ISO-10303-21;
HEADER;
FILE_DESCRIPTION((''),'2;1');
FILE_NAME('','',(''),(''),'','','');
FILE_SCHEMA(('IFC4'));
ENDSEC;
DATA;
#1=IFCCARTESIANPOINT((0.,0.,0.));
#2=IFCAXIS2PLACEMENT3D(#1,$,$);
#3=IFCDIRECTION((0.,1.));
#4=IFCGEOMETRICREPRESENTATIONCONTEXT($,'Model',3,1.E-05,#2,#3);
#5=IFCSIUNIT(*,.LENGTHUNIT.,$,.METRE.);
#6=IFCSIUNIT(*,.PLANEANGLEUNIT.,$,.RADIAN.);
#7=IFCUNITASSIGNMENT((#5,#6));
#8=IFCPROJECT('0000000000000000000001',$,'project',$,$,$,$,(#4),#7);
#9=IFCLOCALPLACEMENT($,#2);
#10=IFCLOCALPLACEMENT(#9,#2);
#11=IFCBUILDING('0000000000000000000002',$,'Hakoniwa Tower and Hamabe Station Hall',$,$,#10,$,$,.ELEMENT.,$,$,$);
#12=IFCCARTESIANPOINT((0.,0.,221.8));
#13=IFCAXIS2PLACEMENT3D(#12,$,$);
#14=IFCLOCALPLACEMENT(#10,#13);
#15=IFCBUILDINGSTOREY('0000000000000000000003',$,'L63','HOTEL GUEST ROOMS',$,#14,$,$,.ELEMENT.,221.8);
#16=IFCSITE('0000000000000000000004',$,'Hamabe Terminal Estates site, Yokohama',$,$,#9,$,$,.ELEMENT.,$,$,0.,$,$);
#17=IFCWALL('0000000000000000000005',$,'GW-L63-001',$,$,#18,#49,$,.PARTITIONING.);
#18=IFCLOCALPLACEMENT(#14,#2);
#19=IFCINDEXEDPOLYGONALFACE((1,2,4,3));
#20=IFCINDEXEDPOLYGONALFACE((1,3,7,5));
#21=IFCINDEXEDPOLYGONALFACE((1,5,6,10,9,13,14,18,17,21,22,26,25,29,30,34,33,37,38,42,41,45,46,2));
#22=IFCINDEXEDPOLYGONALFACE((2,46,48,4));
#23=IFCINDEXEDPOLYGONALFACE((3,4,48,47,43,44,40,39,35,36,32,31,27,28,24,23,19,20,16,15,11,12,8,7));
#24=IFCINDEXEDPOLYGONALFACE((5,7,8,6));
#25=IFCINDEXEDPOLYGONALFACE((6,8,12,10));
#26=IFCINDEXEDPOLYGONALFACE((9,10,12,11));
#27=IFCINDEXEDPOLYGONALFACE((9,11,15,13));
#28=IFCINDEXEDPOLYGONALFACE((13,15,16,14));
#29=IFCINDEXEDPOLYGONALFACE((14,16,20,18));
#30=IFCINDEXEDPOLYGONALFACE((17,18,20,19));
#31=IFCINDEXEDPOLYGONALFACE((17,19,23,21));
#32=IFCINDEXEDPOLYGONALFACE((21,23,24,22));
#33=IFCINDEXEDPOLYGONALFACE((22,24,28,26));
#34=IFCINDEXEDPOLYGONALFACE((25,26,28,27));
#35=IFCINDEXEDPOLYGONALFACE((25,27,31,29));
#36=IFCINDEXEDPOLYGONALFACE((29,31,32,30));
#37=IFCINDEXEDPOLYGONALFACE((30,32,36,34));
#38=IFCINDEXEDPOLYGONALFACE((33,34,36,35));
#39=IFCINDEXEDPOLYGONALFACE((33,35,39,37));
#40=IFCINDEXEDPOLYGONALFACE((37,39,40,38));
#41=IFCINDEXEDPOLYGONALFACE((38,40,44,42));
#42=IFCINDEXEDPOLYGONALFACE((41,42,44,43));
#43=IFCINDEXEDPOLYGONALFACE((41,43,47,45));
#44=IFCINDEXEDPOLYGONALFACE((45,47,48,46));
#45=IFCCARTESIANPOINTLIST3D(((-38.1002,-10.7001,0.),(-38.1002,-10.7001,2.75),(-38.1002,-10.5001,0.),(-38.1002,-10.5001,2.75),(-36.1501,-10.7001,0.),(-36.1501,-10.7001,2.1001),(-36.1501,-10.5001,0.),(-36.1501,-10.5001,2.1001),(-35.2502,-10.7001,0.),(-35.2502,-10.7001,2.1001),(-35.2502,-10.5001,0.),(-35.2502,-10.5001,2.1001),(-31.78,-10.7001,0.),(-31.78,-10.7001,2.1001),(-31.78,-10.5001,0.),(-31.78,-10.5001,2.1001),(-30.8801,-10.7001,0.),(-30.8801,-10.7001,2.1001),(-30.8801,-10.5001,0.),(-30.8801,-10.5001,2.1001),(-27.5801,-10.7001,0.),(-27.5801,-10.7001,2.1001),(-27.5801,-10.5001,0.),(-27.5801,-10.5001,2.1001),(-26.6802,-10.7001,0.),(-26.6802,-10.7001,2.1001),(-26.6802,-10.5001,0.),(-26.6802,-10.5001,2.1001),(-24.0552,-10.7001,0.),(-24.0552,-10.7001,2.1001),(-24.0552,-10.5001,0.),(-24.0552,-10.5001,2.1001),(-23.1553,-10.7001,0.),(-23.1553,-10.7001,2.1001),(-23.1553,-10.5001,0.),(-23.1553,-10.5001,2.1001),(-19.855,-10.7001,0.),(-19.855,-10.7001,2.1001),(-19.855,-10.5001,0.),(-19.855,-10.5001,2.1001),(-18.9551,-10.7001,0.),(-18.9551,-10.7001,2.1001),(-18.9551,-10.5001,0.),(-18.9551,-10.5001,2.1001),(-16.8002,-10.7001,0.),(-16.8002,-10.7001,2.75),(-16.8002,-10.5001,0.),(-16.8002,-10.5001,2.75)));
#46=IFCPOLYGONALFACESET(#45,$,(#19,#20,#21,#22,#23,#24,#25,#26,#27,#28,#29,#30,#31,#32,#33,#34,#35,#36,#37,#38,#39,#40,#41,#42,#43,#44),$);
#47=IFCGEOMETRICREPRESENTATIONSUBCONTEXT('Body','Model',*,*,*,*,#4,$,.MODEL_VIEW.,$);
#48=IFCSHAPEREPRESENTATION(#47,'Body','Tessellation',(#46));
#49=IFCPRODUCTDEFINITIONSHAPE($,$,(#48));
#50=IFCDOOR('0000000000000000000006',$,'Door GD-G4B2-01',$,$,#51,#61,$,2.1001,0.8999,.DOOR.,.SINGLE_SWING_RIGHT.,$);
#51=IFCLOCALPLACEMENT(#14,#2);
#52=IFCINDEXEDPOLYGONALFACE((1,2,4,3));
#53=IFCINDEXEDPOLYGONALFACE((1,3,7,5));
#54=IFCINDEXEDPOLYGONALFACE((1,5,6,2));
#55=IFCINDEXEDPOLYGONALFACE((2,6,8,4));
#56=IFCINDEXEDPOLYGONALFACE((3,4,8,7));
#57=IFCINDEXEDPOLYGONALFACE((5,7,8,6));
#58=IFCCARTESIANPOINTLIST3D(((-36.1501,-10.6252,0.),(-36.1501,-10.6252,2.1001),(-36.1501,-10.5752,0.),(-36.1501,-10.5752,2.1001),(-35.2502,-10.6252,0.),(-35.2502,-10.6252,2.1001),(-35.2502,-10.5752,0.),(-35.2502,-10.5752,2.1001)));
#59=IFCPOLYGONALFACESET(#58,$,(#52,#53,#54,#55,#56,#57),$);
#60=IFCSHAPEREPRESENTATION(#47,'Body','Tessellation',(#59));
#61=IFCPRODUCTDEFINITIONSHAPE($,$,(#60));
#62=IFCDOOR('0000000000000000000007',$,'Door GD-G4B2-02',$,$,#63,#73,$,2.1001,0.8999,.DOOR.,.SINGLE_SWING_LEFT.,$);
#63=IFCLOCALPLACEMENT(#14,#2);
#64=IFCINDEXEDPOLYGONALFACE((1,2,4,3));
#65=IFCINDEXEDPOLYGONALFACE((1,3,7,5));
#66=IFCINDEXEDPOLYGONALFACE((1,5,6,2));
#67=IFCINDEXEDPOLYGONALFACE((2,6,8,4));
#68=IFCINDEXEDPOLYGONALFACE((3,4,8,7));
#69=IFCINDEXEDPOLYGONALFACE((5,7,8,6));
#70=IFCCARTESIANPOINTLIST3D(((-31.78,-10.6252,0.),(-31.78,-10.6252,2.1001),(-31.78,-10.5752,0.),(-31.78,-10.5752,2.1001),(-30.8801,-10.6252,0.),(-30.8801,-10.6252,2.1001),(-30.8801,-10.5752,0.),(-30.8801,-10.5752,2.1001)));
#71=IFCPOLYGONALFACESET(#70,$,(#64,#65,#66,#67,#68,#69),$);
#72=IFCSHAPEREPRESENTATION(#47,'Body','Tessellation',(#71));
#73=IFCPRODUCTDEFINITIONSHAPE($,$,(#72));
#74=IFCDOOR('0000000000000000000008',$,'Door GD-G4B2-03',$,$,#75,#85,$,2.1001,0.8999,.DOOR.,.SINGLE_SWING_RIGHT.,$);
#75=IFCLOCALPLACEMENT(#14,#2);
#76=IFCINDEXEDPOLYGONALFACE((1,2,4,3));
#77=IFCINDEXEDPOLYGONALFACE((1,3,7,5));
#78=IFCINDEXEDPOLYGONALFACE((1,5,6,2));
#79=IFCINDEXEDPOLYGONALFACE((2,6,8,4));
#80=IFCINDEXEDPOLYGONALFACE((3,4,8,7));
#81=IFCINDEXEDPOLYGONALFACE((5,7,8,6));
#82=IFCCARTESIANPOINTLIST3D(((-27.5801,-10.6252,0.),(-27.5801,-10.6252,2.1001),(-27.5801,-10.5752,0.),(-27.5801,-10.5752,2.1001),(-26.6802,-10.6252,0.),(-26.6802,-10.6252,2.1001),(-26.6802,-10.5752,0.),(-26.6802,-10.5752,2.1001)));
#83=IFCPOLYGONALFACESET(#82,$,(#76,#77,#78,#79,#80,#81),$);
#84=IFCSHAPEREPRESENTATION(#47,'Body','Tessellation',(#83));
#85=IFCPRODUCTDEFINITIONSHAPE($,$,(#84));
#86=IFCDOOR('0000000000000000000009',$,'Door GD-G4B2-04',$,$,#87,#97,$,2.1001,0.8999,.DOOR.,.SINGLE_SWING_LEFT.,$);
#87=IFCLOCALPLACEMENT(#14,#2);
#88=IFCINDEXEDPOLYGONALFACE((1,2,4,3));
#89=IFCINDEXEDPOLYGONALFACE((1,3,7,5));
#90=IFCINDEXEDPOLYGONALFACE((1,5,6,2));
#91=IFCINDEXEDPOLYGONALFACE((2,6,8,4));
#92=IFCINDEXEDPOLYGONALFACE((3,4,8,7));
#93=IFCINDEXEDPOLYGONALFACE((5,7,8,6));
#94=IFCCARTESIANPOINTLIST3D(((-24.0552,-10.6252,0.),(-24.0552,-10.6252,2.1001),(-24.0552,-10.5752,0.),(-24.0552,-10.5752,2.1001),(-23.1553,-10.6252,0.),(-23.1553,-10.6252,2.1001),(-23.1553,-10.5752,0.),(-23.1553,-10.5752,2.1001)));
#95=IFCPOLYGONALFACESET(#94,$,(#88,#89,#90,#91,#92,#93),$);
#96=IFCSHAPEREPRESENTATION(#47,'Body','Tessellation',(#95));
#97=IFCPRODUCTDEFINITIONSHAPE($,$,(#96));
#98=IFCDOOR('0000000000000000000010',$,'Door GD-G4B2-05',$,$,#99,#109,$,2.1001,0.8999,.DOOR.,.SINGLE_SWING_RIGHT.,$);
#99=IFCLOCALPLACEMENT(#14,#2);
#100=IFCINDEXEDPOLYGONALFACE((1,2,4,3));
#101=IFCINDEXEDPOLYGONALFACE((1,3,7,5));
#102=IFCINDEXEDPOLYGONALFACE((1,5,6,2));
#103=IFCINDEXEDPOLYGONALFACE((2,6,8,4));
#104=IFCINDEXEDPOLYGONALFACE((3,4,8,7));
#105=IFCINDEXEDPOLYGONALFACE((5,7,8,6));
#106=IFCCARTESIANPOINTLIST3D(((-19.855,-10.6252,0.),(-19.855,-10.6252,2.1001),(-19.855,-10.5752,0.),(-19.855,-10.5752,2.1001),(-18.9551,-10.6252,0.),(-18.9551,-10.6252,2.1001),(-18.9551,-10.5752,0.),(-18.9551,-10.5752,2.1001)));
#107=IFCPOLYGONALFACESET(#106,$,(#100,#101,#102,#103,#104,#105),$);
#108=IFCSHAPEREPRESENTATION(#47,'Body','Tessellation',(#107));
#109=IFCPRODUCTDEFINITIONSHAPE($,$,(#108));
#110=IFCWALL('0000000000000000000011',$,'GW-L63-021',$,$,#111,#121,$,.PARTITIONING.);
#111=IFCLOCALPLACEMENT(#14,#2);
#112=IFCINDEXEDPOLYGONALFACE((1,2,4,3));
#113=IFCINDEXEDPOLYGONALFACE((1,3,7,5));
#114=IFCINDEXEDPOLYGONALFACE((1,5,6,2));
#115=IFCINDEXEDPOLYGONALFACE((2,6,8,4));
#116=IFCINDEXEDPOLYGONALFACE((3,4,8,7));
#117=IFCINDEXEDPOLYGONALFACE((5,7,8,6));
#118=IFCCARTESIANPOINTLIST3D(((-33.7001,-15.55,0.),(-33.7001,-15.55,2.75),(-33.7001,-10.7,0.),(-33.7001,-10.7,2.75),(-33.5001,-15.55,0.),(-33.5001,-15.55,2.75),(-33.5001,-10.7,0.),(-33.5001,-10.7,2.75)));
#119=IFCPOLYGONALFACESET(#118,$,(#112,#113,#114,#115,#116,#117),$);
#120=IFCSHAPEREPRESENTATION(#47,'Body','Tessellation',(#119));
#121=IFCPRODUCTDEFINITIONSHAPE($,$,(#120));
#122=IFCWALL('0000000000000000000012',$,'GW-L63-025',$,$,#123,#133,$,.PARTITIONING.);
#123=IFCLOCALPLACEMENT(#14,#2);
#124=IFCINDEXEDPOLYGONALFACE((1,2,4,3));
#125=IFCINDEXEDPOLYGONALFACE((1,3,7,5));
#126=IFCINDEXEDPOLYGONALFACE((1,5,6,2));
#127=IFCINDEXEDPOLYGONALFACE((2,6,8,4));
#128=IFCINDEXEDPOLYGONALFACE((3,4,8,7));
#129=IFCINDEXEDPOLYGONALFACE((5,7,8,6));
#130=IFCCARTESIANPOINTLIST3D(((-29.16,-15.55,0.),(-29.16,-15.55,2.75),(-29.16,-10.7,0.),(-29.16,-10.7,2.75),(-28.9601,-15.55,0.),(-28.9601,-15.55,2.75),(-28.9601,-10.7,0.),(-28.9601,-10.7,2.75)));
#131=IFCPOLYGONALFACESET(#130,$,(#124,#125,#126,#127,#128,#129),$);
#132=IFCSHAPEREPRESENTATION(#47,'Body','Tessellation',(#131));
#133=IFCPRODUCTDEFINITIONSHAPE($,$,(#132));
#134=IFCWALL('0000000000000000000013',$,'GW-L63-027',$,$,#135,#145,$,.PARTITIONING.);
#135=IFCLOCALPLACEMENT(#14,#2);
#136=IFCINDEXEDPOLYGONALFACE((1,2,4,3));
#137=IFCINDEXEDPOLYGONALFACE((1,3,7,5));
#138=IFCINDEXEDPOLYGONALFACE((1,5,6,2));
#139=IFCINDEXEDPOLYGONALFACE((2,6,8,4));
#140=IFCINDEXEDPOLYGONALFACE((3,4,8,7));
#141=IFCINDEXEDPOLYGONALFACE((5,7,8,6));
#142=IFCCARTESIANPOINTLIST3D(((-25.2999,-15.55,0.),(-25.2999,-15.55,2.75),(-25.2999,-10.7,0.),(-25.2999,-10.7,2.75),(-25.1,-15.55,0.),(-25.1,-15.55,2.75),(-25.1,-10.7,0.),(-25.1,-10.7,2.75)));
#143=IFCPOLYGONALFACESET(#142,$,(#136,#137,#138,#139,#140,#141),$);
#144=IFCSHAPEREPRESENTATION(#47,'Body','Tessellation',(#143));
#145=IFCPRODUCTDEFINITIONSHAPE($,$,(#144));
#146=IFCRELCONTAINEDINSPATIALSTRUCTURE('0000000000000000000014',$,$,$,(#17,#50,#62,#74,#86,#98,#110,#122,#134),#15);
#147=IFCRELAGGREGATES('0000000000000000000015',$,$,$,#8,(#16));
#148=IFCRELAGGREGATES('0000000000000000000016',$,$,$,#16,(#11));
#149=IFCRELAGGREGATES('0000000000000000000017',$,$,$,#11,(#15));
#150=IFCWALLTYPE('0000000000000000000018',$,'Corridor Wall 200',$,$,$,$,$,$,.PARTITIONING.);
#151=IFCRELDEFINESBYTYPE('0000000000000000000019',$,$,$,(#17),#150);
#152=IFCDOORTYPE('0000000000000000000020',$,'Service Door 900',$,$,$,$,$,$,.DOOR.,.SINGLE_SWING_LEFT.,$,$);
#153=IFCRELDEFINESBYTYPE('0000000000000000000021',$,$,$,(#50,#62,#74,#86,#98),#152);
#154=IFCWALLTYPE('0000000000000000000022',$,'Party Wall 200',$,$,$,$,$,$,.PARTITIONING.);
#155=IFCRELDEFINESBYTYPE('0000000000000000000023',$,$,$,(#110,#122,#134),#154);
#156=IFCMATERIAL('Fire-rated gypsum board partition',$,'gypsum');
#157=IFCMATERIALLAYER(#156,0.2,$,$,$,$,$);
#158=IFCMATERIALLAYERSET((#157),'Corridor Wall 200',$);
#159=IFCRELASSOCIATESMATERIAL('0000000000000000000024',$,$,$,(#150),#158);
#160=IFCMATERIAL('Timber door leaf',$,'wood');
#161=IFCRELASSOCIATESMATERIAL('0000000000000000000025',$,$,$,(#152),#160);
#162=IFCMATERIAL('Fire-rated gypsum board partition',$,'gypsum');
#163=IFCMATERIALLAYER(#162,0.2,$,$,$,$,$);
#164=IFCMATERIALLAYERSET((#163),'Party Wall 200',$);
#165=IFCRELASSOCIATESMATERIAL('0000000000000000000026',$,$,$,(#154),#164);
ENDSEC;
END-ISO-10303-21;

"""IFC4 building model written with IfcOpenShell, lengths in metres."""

from ifc_helpers import new_model, si_unit, direction, frame, frame_2d, origin, place, context, subcontext, project, spatial, rectangle, extrude, material, layer, layer_set, type_object, element, fill, save


model = new_model("IFC4")

# Units and contexts
model_context = context("Model", 3, precision=1e-05, world=origin(), true_north=direction((0.0, 1.0)))
body_context = subcontext(model_context, "Body", "Model", "MODEL_VIEW")
ifc_project = project(units=[si_unit("LENGTHUNIT", "METRE"), si_unit("PLANEANGLEUNIT", "RADIAN")], contexts=[model_context])

# Site, building, storey
site_placement = place(None, origin())
site = spatial("IfcSite", under=ifc_project, at=site_placement, Name="Hamabe Terminal Estates site, Yokohama", CompositionType="ELEMENT", RefElevation=0.0)
building_placement = place(site_placement, origin())
building = spatial("IfcBuilding", under=site, at=building_placement, Name="Hakoniwa Tower and Hamabe Station Hall", CompositionType="ELEMENT")
storey_placement = place(building_placement, frame((0.0, 0.0, 221.8)))
storey = spatial("IfcBuildingStorey", under=building, at=storey_placement, Name="L63", Description="HOTEL GUEST ROOMS", CompositionType="ELEMENT", Elevation=221.8)

# Wall, openings, doors
ifc_material_1 = material(Name="Fire-rated gypsum board partition", Category="gypsum")
ifc_layer_1 = layer(ifc_material_1, 0.2)
ifc_layer_set_1 = layer_set([ifc_layer_1], Name="Corridor Wall 200")
wall_type_1 = type_object("IfcWallType", Name="Corridor Wall 200", PredefinedType="PARTITIONING", material=ifc_layer_set_1)
wall_1_placement = place(storey_placement, frame((-38.1001, -10.6001, 0.0), z_axis=(0.0, 0.0, 1.0), x_axis=(1.0, 0.0, 0.0)))
wall_1 = element("IfcWall", 1, at=wall_1_placement, inside=storey, type_object=wall_type_1, Name="GW-L63-001", PredefinedType="PARTITIONING", context=body_context, shape_type="SweptSolid", body=[
    extrude(rectangle(XDim=21.3, YDim=0.2, at=frame_2d((10.6499, 0.0))), origin(), (0.0, 0.0, 1.0), 2.75),
])
opening_1_placement = place(wall_1_placement, frame((1.95, 0.0, 0.0)))
opening_1 = element("IfcOpeningElement", 2, at=opening_1_placement, cuts=wall_1, PredefinedType="OPENING", context=body_context, shape_type="SweptSolid", body=[
    extrude(rectangle(XDim=0.8999, YDim=2.1001, at=frame_2d((0.45, 1.05))), frame((0.0, 0.1099, 0.0), z_axis=(0.0, -1.0, 0.0), x_axis=(1.0, 0.0, 0.0)), (0.0, 0.0, 1.0), 0.22),
])
opening_2_placement = place(wall_1_placement, frame((6.3201, 0.0, 0.0)))
opening_2 = element("IfcOpeningElement", 3, at=opening_2_placement, cuts=wall_1, PredefinedType="OPENING", context=body_context, shape_type="SweptSolid", body=[
    extrude(rectangle(XDim=0.8999, YDim=2.1001, at=frame_2d((0.45, 1.05))), frame((0.0, 0.1099, 0.0), z_axis=(0.0, -1.0, 0.0), x_axis=(1.0, 0.0, 0.0)), (0.0, 0.0, 1.0), 0.22),
])
opening_3_placement = place(wall_1_placement, frame((10.52, 0.0, 0.0)))
opening_3 = element("IfcOpeningElement", 4, at=opening_3_placement, cuts=wall_1, PredefinedType="OPENING", context=body_context, shape_type="SweptSolid", body=[
    extrude(rectangle(XDim=0.8999, YDim=2.1001, at=frame_2d((0.45, 1.05))), frame((0.0, 0.1099, 0.0), z_axis=(0.0, -1.0, 0.0), x_axis=(1.0, 0.0, 0.0)), (0.0, 0.0, 1.0), 0.22),
])
opening_4_placement = place(wall_1_placement, frame((14.0449, 0.0, 0.0)))
opening_4 = element("IfcOpeningElement", 5, at=opening_4_placement, cuts=wall_1, PredefinedType="OPENING", context=body_context, shape_type="SweptSolid", body=[
    extrude(rectangle(XDim=0.8999, YDim=2.1001, at=frame_2d((0.45, 1.05))), frame((0.0, 0.1099, 0.0), z_axis=(0.0, -1.0, 0.0), x_axis=(1.0, 0.0, 0.0)), (0.0, 0.0, 1.0), 0.22),
])
opening_5_placement = place(wall_1_placement, frame((18.2451, 0.0, 0.0)))
opening_5 = element("IfcOpeningElement", 6, at=opening_5_placement, cuts=wall_1, PredefinedType="OPENING", context=body_context, shape_type="SweptSolid", body=[
    extrude(rectangle(XDim=0.8999, YDim=2.1001, at=frame_2d((0.45, 1.05))), frame((0.0, 0.1099, 0.0), z_axis=(0.0, -1.0, 0.0), x_axis=(1.0, 0.0, 0.0)), (0.0, 0.0, 1.0), 0.22),
])
ifc_material_2 = material(Name="Timber door leaf", Category="wood")
door_type = type_object("IfcDoorType", Name="Service Door 900", OperationType="SINGLE_SWING_LEFT", PredefinedType="DOOR", material=ifc_material_2)
door_1_placement = place(opening_1_placement, origin())
door_1 = element("IfcDoor", 7, at=door_1_placement, inside=storey, type_object=door_type, Name="Door GD-G4B2-01", OperationType="SINGLE_SWING_RIGHT", OverallHeight=2.1001, OverallWidth=0.8999, PredefinedType="DOOR", context=body_context, shape_type="SweptSolid", body=[
    extrude(rectangle(XDim=0.8999, YDim=2.1001, at=frame_2d((0.45, 1.05))), frame((0.0, 0.0249, 0.0), z_axis=(0.0, -1.0, 0.0), x_axis=(1.0, 0.0, 0.0)), (0.0, 0.0, 1.0), 0.05),
])
fill(opening_1, door_1)
door_2_placement = place(opening_2_placement, origin())
door_2 = element("IfcDoor", 8, at=door_2_placement, inside=storey, type_object=door_type, Name="Door GD-G4B2-02", OperationType="SINGLE_SWING_LEFT", OverallHeight=2.1001, OverallWidth=0.8999, PredefinedType="DOOR", context=body_context, shape_type="SweptSolid", body=[
    extrude(rectangle(XDim=0.8999, YDim=2.1001, at=frame_2d((0.45, 1.05))), frame((0.0, 0.0249, 0.0), z_axis=(0.0, -1.0, 0.0), x_axis=(1.0, 0.0, 0.0)), (0.0, 0.0, 1.0), 0.05),
])
fill(opening_2, door_2)
door_3_placement = place(opening_3_placement, origin())
door_3 = element("IfcDoor", 9, at=door_3_placement, inside=storey, type_object=door_type, Name="Door GD-G4B2-03", OperationType="SINGLE_SWING_RIGHT", OverallHeight=2.1001, OverallWidth=0.8999, PredefinedType="DOOR", context=body_context, shape_type="SweptSolid", body=[
    extrude(rectangle(XDim=0.8999, YDim=2.1001, at=frame_2d((0.45, 1.05))), frame((0.0, 0.0249, 0.0), z_axis=(0.0, -1.0, 0.0), x_axis=(1.0, 0.0, 0.0)), (0.0, 0.0, 1.0), 0.05),
])
fill(opening_3, door_3)
door_4_placement = place(opening_4_placement, origin())
door_4 = element("IfcDoor", 10, at=door_4_placement, inside=storey, type_object=door_type, Name="Door GD-G4B2-04", OperationType="SINGLE_SWING_LEFT", OverallHeight=2.1001, OverallWidth=0.8999, PredefinedType="DOOR", context=body_context, shape_type="SweptSolid", body=[
    extrude(rectangle(XDim=0.8999, YDim=2.1001, at=frame_2d((0.45, 1.05))), frame((0.0, 0.0249, 0.0), z_axis=(0.0, -1.0, 0.0), x_axis=(1.0, 0.0, 0.0)), (0.0, 0.0, 1.0), 0.05),
])
fill(opening_4, door_4)
door_5_placement = place(opening_5_placement, origin())
door_5 = element("IfcDoor", 11, at=door_5_placement, inside=storey, type_object=door_type, Name="Door GD-G4B2-05", OperationType="SINGLE_SWING_RIGHT", OverallHeight=2.1001, OverallWidth=0.8999, PredefinedType="DOOR", context=body_context, shape_type="SweptSolid", body=[
    extrude(rectangle(XDim=0.8999, YDim=2.1001, at=frame_2d((0.45, 1.05))), frame((0.0, 0.0249, 0.0), z_axis=(0.0, -1.0, 0.0), x_axis=(1.0, 0.0, 0.0)), (0.0, 0.0, 1.0), 0.05),
])
fill(opening_5, door_5)

# Walls
ifc_material_3 = material(Name="Fire-rated gypsum board partition", Category="gypsum")
ifc_layer_2 = layer(ifc_material_3, 0.2)
ifc_layer_set_2 = layer_set([ifc_layer_2], Name="Party Wall 200")
wall_type_2 = type_object("IfcWallType", Name="Party Wall 200", PredefinedType="PARTITIONING", material=ifc_layer_set_2)
for number, where, z_axis, x_axis, name in (
    (12, (-33.6001, -15.55, 0.0), (0.0, 0.0, 1.0), (0.0, 1.0, 0.0), "GW-L63-021"),
    (13, (-29.0601, -15.55, 0.0), (0.0, 0.0, 1.0), (0.0, 1.0, 0.0), "GW-L63-025"),
    (14, (-25.2, -15.55, 0.0), (0.0, 0.0, 1.0), (0.0, 1.0, 0.0), "GW-L63-027"),
):
    element("IfcWall", number, at=place(storey_placement, frame(where, z_axis=z_axis, x_axis=x_axis)), inside=storey, type_object=wall_type_2, Name=name, PredefinedType="PARTITIONING", context=body_context, shape_type="SweptSolid", body=[
        extrude(rectangle(XDim=4.8501, YDim=0.2, at=frame_2d((2.425, 0.0))), origin(), (0.0, 0.0, 1.0), 2.75),
    ])

save(model, "model.ifc")
